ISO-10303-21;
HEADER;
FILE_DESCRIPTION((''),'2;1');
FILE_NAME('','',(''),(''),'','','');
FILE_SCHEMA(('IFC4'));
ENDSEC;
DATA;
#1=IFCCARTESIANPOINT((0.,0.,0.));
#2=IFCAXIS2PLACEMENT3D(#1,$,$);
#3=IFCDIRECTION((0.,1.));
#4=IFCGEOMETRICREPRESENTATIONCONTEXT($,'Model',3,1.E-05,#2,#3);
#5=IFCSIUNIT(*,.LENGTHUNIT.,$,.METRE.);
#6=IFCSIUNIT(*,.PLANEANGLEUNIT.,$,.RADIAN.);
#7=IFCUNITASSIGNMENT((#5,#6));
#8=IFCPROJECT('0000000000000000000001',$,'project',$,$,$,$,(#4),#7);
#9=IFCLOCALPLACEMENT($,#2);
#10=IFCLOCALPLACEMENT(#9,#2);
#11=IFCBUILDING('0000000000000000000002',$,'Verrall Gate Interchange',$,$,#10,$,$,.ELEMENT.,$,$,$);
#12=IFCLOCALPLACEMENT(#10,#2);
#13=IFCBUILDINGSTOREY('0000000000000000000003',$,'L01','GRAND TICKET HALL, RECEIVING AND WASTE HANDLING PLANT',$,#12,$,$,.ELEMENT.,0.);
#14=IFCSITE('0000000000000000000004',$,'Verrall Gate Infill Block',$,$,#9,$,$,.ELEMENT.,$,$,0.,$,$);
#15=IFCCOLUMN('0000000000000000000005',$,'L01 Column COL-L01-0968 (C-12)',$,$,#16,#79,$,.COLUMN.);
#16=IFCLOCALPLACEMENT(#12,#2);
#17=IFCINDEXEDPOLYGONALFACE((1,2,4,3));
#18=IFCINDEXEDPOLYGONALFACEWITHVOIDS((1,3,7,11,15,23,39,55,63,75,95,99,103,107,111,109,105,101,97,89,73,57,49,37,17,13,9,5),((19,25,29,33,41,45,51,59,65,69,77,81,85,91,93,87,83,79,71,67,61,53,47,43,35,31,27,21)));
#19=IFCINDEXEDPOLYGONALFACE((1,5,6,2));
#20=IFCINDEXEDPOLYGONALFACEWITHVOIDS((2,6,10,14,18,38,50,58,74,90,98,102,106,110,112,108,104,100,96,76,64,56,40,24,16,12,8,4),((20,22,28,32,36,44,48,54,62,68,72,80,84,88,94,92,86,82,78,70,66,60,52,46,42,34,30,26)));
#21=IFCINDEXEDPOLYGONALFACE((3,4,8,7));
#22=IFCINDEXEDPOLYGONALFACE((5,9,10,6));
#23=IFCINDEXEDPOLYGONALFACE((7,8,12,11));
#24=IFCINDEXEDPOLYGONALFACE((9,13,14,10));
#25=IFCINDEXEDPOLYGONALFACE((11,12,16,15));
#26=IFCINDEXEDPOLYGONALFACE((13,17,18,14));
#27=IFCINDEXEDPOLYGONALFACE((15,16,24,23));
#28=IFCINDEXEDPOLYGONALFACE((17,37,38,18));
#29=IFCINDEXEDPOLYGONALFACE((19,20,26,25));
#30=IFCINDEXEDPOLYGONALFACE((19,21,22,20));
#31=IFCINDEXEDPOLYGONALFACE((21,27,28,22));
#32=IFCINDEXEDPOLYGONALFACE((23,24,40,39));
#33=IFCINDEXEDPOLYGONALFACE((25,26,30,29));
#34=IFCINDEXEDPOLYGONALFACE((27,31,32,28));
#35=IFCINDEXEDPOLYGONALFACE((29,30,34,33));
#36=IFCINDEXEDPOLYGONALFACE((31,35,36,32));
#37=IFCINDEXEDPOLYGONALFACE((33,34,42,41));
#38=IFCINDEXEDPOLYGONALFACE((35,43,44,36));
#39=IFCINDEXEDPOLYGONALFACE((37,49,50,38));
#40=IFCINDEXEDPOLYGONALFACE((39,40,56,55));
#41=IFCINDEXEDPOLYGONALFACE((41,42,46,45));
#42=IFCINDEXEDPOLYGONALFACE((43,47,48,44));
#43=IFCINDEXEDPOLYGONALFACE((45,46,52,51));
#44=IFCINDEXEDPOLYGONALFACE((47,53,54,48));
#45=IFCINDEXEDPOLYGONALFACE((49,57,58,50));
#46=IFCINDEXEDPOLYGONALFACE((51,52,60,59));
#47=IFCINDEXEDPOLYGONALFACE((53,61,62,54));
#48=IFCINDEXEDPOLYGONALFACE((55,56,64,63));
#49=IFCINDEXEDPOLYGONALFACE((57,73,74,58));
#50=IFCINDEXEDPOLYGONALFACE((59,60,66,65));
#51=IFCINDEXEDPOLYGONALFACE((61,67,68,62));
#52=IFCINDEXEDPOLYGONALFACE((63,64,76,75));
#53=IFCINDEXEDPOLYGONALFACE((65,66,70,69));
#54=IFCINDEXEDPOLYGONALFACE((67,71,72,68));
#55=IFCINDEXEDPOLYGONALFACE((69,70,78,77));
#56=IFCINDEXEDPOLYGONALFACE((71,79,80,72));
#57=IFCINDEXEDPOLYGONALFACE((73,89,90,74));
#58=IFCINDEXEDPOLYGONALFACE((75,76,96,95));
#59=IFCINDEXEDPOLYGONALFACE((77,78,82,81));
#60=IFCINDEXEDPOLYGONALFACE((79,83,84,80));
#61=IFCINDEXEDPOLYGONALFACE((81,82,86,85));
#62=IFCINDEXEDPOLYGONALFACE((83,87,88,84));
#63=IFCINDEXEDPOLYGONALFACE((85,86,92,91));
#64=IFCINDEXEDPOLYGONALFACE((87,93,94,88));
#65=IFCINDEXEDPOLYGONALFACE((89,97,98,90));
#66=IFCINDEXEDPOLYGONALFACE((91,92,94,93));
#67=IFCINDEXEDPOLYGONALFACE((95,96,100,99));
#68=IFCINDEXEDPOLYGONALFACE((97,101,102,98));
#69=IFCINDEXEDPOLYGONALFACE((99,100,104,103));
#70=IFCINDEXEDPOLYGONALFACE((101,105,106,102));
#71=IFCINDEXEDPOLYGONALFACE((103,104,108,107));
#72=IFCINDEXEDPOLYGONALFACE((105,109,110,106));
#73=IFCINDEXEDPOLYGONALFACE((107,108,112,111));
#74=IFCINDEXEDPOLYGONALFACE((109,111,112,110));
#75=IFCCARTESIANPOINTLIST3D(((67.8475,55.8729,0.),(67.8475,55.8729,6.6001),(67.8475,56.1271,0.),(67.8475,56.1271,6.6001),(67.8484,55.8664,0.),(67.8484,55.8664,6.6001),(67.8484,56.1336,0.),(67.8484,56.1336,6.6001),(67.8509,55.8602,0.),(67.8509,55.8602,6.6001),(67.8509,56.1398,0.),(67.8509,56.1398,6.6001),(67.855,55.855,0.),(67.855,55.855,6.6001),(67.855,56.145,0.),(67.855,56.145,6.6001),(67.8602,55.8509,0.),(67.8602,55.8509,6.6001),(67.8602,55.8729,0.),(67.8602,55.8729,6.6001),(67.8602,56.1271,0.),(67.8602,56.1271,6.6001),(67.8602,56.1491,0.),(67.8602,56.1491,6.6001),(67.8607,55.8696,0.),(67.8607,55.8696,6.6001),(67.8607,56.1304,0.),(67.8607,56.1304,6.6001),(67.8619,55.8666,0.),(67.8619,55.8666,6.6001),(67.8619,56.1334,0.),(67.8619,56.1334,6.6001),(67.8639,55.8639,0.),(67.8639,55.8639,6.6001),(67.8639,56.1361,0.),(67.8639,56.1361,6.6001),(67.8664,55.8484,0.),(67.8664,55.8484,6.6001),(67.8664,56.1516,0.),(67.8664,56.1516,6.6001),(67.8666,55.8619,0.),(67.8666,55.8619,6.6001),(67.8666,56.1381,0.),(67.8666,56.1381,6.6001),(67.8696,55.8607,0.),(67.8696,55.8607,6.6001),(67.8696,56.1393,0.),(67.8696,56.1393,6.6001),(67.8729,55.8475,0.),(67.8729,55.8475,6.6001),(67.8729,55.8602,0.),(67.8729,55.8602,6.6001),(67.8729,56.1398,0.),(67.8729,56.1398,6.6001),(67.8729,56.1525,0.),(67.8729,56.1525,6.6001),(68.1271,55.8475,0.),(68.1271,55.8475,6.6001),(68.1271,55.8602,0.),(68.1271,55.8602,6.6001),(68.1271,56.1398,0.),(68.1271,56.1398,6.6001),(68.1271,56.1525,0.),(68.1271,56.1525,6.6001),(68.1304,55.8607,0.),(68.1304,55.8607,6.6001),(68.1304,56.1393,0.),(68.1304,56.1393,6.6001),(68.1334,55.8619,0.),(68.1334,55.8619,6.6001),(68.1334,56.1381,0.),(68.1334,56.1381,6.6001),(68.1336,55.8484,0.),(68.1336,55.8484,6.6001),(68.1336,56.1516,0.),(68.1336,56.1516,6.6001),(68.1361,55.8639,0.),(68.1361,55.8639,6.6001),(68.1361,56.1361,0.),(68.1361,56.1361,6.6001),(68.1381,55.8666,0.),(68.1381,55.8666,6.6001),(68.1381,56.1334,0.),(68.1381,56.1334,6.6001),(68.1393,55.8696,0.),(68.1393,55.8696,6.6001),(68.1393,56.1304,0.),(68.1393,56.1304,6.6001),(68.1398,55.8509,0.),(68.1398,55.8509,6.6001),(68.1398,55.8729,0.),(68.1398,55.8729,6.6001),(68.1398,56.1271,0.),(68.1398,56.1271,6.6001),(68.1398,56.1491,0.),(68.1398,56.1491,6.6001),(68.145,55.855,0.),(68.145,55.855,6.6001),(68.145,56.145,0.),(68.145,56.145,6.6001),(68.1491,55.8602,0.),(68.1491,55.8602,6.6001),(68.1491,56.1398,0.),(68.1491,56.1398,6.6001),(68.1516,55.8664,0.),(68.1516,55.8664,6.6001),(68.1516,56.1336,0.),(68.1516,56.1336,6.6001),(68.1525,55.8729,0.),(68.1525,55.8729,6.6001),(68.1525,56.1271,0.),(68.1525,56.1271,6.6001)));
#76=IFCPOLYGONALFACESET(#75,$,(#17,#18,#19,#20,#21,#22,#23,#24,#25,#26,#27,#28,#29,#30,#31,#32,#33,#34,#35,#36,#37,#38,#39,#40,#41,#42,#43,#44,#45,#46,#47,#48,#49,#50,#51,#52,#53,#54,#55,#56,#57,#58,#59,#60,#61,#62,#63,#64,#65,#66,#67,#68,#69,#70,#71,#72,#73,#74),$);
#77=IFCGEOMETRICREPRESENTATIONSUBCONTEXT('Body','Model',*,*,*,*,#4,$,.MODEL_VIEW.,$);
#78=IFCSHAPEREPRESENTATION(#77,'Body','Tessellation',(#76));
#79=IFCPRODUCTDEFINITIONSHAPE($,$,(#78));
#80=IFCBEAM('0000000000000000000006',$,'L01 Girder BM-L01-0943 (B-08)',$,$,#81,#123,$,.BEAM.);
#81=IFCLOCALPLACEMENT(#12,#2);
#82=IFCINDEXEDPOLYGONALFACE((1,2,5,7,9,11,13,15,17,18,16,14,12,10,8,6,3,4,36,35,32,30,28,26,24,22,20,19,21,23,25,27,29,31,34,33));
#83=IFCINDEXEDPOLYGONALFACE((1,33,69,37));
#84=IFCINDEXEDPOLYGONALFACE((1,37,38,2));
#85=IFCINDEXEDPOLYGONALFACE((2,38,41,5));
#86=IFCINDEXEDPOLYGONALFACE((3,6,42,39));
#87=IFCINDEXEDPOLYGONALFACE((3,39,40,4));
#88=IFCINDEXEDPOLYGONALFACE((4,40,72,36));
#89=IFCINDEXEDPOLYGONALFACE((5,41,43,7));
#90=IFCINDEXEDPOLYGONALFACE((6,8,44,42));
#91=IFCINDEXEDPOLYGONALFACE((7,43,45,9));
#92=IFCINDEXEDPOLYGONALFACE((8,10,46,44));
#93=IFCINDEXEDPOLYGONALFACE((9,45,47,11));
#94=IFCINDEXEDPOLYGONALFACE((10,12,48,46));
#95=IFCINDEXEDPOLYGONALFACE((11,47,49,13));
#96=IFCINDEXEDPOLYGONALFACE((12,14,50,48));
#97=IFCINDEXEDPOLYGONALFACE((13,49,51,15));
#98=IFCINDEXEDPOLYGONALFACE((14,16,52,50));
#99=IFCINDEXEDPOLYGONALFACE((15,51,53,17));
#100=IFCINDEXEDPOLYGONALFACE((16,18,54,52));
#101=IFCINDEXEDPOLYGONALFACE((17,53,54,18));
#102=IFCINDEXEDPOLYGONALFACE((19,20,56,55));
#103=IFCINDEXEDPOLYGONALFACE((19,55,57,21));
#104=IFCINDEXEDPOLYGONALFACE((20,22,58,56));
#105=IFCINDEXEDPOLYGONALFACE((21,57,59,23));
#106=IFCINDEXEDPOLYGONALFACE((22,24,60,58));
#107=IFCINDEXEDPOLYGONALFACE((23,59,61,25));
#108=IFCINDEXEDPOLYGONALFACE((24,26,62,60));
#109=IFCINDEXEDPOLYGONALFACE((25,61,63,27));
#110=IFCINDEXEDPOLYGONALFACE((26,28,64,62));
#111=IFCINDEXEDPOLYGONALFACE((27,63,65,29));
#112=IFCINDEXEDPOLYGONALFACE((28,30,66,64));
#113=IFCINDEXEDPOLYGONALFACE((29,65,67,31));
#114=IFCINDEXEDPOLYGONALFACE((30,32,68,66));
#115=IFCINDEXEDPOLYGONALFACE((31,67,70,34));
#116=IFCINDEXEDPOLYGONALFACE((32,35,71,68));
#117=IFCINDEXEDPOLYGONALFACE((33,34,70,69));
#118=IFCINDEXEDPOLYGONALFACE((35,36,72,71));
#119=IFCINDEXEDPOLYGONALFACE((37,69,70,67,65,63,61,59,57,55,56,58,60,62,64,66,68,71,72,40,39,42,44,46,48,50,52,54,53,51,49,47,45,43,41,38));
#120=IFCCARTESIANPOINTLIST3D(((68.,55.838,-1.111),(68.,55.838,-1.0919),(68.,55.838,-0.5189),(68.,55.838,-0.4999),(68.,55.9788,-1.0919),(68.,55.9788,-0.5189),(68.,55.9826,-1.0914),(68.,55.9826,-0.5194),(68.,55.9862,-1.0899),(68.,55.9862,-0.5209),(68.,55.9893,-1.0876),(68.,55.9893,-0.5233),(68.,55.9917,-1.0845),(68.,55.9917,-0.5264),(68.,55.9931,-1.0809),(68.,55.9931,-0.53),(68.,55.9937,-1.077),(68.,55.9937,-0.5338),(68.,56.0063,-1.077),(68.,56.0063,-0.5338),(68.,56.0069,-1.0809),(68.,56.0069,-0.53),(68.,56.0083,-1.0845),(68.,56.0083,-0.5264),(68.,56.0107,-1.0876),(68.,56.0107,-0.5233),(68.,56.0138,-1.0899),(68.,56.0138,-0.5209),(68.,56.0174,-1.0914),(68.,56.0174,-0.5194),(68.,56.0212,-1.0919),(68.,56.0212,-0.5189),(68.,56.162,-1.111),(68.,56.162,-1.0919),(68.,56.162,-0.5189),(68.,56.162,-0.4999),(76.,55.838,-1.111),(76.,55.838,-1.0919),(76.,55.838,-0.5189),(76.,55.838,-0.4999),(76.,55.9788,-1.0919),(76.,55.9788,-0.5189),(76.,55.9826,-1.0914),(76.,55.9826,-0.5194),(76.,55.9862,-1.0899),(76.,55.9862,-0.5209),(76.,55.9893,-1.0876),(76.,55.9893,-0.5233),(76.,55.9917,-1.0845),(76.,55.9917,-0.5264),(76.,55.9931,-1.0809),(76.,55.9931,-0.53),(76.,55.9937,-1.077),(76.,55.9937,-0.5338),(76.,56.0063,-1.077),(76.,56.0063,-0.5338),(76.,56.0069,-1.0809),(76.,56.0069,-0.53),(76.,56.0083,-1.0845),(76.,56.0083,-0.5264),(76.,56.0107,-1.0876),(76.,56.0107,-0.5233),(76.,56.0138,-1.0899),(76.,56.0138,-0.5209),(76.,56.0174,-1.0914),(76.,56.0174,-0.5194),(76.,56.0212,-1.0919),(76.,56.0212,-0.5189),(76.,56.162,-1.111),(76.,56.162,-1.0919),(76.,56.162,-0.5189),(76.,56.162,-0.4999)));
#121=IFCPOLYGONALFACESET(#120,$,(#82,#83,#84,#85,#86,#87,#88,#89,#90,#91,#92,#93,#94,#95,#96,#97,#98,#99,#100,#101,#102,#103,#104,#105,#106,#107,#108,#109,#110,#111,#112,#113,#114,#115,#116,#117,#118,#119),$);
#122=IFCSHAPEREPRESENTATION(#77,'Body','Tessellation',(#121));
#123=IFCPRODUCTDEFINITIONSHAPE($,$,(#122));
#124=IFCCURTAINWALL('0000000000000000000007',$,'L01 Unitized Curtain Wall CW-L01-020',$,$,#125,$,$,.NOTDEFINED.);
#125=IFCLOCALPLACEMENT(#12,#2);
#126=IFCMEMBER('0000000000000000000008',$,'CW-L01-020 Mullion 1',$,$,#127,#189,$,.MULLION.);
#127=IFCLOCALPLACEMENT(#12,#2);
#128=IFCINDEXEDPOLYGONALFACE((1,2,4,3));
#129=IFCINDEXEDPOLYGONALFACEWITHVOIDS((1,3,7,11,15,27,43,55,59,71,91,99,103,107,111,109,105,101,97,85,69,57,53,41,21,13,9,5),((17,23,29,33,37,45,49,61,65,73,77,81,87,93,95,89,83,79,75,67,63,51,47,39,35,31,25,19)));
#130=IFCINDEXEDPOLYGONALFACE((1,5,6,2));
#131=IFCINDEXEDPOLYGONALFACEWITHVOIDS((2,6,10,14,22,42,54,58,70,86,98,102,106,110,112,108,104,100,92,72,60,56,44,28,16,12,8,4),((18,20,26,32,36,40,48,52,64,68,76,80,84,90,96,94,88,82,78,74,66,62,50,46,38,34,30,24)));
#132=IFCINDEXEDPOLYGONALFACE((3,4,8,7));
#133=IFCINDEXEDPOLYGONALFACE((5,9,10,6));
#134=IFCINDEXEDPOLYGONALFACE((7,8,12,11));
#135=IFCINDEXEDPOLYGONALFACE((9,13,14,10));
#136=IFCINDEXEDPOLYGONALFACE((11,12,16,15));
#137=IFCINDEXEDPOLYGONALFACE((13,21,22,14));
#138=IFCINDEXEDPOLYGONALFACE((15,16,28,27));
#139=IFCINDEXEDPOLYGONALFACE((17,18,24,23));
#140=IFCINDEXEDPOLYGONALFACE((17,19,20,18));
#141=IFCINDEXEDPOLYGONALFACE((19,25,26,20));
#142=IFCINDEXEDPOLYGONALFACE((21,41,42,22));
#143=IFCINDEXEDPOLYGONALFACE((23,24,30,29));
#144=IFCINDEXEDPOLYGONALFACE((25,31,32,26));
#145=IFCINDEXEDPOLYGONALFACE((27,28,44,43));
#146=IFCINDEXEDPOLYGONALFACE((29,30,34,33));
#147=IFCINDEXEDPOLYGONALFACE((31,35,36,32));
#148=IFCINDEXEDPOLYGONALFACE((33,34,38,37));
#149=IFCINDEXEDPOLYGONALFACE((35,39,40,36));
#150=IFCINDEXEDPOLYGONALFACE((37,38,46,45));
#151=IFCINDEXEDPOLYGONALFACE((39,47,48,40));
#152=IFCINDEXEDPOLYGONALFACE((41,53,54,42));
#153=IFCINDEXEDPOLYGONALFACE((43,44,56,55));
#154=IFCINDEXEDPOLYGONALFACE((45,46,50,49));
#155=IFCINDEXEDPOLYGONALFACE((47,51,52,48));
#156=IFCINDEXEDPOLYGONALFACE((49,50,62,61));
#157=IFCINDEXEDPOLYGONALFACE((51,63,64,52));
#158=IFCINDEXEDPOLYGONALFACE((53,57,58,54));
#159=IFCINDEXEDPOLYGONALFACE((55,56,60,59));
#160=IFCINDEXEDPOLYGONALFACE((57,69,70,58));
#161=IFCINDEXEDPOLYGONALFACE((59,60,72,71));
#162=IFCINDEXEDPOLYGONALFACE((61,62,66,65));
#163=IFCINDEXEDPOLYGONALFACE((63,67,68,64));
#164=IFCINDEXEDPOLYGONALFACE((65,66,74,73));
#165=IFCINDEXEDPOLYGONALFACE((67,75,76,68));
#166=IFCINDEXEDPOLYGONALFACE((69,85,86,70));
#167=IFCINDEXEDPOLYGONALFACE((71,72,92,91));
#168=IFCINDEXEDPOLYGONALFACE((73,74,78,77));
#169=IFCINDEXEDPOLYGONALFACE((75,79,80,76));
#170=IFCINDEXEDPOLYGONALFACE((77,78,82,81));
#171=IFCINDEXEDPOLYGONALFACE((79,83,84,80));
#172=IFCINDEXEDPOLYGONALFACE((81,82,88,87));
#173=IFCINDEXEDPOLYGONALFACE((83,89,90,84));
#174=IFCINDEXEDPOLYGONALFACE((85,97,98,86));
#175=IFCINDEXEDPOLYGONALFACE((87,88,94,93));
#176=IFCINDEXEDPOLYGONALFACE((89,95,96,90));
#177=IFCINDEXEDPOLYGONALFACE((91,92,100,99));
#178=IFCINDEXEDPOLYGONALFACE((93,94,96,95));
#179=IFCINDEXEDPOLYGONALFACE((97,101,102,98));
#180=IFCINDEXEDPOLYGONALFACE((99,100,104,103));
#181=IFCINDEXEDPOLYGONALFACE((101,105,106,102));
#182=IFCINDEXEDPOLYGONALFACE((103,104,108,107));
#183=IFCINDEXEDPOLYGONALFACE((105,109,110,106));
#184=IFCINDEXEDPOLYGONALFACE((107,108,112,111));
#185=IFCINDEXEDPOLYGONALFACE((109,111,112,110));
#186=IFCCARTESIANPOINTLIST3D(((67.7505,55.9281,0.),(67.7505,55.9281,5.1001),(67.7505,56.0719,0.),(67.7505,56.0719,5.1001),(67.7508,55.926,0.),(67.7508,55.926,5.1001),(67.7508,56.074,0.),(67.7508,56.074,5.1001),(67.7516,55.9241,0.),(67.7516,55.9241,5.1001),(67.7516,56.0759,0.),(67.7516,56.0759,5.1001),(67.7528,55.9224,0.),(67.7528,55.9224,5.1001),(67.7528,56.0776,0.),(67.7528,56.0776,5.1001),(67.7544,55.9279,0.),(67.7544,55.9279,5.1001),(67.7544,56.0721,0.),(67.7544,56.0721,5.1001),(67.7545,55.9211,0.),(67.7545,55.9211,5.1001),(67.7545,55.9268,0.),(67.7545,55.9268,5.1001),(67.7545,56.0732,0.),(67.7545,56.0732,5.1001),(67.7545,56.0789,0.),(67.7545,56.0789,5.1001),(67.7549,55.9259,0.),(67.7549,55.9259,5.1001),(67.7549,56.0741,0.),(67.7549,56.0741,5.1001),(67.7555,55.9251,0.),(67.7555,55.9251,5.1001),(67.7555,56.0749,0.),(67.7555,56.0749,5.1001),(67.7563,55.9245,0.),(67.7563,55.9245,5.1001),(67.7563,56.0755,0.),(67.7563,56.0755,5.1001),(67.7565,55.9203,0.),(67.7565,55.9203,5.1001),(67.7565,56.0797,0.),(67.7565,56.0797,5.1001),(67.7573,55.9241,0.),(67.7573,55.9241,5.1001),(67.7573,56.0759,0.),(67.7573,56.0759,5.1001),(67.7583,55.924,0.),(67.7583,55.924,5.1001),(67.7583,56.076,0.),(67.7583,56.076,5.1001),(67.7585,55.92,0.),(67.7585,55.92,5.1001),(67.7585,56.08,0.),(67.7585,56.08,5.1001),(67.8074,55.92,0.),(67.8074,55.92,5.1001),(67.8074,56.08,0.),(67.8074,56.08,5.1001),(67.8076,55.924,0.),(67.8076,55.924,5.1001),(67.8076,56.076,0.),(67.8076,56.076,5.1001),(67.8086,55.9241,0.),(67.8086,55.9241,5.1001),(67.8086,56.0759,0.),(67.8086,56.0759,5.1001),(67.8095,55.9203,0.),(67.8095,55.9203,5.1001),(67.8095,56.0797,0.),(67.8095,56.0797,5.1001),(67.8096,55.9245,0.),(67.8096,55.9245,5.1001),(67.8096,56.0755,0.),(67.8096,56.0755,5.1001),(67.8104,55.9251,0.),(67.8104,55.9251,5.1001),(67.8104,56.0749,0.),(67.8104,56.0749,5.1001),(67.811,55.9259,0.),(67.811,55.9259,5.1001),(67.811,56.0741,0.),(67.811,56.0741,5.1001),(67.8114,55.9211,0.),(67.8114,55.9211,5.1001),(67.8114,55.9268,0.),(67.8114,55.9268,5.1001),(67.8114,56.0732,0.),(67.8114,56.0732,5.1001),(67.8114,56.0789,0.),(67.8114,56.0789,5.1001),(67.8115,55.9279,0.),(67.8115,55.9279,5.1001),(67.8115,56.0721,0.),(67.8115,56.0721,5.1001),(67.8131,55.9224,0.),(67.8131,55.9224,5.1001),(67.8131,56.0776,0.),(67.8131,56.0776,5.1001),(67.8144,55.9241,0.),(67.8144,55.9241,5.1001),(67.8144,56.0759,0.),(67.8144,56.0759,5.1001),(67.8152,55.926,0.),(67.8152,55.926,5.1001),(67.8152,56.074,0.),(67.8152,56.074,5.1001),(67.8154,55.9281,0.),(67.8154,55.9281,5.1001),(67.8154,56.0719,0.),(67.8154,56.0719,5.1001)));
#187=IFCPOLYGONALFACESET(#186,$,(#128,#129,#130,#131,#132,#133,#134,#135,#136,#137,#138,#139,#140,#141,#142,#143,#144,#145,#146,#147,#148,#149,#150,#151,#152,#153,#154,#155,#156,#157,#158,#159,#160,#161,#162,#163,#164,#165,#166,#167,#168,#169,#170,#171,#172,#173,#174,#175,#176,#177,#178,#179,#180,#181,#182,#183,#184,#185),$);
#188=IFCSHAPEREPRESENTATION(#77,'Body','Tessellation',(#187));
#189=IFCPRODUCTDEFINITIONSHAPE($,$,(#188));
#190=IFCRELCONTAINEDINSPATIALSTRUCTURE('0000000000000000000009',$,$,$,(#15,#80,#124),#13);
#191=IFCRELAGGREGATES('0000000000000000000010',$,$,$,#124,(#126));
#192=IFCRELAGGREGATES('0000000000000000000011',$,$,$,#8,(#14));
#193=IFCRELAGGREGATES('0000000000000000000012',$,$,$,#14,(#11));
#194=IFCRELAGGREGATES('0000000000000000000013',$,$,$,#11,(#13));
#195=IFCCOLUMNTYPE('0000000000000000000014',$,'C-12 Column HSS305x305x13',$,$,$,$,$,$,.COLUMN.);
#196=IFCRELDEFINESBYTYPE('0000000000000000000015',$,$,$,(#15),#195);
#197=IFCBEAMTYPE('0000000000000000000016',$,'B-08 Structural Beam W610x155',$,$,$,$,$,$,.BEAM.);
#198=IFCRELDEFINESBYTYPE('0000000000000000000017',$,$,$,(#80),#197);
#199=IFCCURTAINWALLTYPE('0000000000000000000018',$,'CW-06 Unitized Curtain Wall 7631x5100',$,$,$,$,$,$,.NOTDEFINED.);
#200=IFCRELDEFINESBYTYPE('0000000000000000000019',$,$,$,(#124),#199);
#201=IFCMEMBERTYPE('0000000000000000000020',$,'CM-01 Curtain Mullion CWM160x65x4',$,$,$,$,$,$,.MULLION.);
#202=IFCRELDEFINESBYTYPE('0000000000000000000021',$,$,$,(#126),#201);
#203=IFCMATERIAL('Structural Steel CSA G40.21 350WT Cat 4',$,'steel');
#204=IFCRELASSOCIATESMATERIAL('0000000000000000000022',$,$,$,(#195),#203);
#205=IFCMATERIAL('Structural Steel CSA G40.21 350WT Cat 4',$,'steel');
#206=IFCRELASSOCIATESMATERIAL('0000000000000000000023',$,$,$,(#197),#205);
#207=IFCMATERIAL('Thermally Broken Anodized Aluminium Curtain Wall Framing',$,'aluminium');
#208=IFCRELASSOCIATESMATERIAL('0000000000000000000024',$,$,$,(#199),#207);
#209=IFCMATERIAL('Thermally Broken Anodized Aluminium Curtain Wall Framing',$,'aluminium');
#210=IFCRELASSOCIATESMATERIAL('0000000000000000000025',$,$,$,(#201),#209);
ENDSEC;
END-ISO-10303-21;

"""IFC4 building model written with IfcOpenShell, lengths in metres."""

from ifc_helpers import new_model, si_unit, direction, frame, origin, origin_2d, place, context, subcontext, project, spatial, hollow_rectangle, i_section, extrude, material, material_profile, profile_set, type_object, element, aggregate, save


model = new_model("IFC4")

# Units and contexts
model_context = context("Model", 3, precision=1e-05, world=origin(), true_north=direction((0.0, 1.0)))
body_context = subcontext(model_context, "Body", "Model", "MODEL_VIEW")
ifc_project = project(units=[si_unit("LENGTHUNIT", "METRE"), si_unit("PLANEANGLEUNIT", "RADIAN")], contexts=[model_context])

# Site, building, storey
site_placement = place(None, origin())
site = spatial("IfcSite", under=ifc_project, at=site_placement, Name="Verrall Gate Infill Block", CompositionType="ELEMENT", RefElevation=0.0)
building_placement = place(site_placement, origin())
building = spatial("IfcBuilding", under=site, at=building_placement, Name="Verrall Gate Interchange", CompositionType="ELEMENT")
storey_placement = place(building_placement, origin())
storey = spatial("IfcBuildingStorey", under=building, at=storey_placement, Name="L01", Description="GRAND TICKET HALL, RECEIVING AND WASTE HANDLING PLANT", CompositionType="ELEMENT", Elevation=0.0)

# Column
ifc_material_1 = material(Name="Structural Steel CSA G40.21 350WT Cat 4", Category="steel")
ifc_material_profile_1 = material_profile(ifc_material_1, hollow_rectangle(XDim=0.3049, YDim=0.3049, WallThickness=0.0127, InnerFilletRadius=0.0127, OuterFilletRadius=0.0254, at=origin_2d()), Name="HSS305x305x13")
ifc_profile_set_1 = profile_set([ifc_material_profile_1], Name="Structural Steel CSA G40.21 350WT Cat 4")
column_type = type_object("IfcColumnType", Name="C-12 Column HSS305x305x13", PredefinedType="COLUMN", material=ifc_profile_set_1)
column_placement = place(storey_placement, frame((68.0, 56.0, 0.0), z_axis=(0.0, 0.0, 1.0), x_axis=(1.0, 0.0, 0.0)))
element("IfcColumn", 1, at=column_placement, inside=storey, type_object=column_type, Name="L01 Column COL-L01-0968 (C-12)", PredefinedType="COLUMN", context=body_context, shape_type="SweptSolid", body=[
    extrude(hollow_rectangle(XDim=0.3049, YDim=0.3049, WallThickness=0.0127, InnerFilletRadius=0.0127, OuterFilletRadius=0.0254, at=origin_2d()), origin(), (0.0, 0.0, 1.0), 6.6001),
])

# Beam
ifc_material_2 = material(Name="Structural Steel CSA G40.21 350WT Cat 4", Category="steel")
ifc_material_profile_2 = material_profile(ifc_material_2, i_section(OverallWidth=0.324, OverallDepth=0.6111, WebThickness=0.0127, FlangeThickness=0.019, FilletRadius=0.0149, at=origin_2d()), Name="W610x155")
ifc_profile_set_2 = profile_set([ifc_material_profile_2], Name="Structural Steel CSA G40.21 350WT Cat 4")
beam_type = type_object("IfcBeamType", Name="B-08 Structural Beam W610x155", PredefinedType="BEAM", material=ifc_profile_set_2)
beam_placement = place(storey_placement, frame((68.0, 56.0, -0.8054), z_axis=(1.0, 0.0, 0.0), x_axis=(0.0, 1.0, 0.0)))
element("IfcBeam", 2, at=beam_placement, inside=storey, type_object=beam_type, Name="L01 Girder BM-L01-0943 (B-08)", PredefinedType="BEAM", context=body_context, shape_type="SweptSolid", body=[
    extrude(i_section(OverallWidth=0.324, OverallDepth=0.6111, WebThickness=0.0127, FlangeThickness=0.019, FilletRadius=0.0149, at=origin_2d()), origin(), (0.0, 0.0, 1.0), 8.0),
])

# Curtain wall, member
ifc_material_3 = material(Name="Thermally Broken Anodized Aluminium Curtain Wall Framing", Category="aluminium")
curtain_wall_type = type_object("IfcCurtainWallType", Name="CW-06 Unitized Curtain Wall 7631x5100", PredefinedType="NOTDEFINED", material=ifc_material_3)
curtain_wall_1_placement = place(storey_placement, origin())
curtain_wall_1 = element("IfcCurtainWall", 3, at=curtain_wall_1_placement, inside=storey, type_object=curtain_wall_type, Name="L01 Unitized Curtain Wall CW-L01-020", PredefinedType="NOTDEFINED")
ifc_material_4 = material(Name="Thermally Broken Anodized Aluminium Curtain Wall Framing", Category="aluminium")
ifc_material_profile_3 = material_profile(ifc_material_4, hollow_rectangle(XDim=0.0649, YDim=0.1599, WallThickness=0.0039, InnerFilletRadius=0.0039, OuterFilletRadius=0.0081, at=origin_2d()), Name="CWM160x65x4")
ifc_profile_set_3 = profile_set([ifc_material_profile_3], Name="Thermally Broken Anodized Aluminium Curtain Wall Framing")
member_type_1 = type_object("IfcMemberType", Name="CM-01 Curtain Mullion CWM160x65x4", PredefinedType="MULLION", material=ifc_profile_set_3)
member_1_placement = place(storey_placement, frame((67.783, 56.0, 0.0), z_axis=(0.0, 0.0, 1.0), x_axis=(-1.0, 0.0, 0.0)))
member_1 = element("IfcMember", 4, at=member_1_placement, type_object=member_type_1, Name="CW-L01-020 Mullion 1", PredefinedType="MULLION", context=body_context, shape_type="SweptSolid", body=[
    extrude(hollow_rectangle(XDim=0.0649, YDim=0.1599, WallThickness=0.0039, InnerFilletRadius=0.0039, OuterFilletRadius=0.0081, at=origin_2d()), origin(), (0.0, 0.0, 1.0), 5.1001),
])

aggregate(curtain_wall_1, [member_1])

save(model, "model.ifc")
